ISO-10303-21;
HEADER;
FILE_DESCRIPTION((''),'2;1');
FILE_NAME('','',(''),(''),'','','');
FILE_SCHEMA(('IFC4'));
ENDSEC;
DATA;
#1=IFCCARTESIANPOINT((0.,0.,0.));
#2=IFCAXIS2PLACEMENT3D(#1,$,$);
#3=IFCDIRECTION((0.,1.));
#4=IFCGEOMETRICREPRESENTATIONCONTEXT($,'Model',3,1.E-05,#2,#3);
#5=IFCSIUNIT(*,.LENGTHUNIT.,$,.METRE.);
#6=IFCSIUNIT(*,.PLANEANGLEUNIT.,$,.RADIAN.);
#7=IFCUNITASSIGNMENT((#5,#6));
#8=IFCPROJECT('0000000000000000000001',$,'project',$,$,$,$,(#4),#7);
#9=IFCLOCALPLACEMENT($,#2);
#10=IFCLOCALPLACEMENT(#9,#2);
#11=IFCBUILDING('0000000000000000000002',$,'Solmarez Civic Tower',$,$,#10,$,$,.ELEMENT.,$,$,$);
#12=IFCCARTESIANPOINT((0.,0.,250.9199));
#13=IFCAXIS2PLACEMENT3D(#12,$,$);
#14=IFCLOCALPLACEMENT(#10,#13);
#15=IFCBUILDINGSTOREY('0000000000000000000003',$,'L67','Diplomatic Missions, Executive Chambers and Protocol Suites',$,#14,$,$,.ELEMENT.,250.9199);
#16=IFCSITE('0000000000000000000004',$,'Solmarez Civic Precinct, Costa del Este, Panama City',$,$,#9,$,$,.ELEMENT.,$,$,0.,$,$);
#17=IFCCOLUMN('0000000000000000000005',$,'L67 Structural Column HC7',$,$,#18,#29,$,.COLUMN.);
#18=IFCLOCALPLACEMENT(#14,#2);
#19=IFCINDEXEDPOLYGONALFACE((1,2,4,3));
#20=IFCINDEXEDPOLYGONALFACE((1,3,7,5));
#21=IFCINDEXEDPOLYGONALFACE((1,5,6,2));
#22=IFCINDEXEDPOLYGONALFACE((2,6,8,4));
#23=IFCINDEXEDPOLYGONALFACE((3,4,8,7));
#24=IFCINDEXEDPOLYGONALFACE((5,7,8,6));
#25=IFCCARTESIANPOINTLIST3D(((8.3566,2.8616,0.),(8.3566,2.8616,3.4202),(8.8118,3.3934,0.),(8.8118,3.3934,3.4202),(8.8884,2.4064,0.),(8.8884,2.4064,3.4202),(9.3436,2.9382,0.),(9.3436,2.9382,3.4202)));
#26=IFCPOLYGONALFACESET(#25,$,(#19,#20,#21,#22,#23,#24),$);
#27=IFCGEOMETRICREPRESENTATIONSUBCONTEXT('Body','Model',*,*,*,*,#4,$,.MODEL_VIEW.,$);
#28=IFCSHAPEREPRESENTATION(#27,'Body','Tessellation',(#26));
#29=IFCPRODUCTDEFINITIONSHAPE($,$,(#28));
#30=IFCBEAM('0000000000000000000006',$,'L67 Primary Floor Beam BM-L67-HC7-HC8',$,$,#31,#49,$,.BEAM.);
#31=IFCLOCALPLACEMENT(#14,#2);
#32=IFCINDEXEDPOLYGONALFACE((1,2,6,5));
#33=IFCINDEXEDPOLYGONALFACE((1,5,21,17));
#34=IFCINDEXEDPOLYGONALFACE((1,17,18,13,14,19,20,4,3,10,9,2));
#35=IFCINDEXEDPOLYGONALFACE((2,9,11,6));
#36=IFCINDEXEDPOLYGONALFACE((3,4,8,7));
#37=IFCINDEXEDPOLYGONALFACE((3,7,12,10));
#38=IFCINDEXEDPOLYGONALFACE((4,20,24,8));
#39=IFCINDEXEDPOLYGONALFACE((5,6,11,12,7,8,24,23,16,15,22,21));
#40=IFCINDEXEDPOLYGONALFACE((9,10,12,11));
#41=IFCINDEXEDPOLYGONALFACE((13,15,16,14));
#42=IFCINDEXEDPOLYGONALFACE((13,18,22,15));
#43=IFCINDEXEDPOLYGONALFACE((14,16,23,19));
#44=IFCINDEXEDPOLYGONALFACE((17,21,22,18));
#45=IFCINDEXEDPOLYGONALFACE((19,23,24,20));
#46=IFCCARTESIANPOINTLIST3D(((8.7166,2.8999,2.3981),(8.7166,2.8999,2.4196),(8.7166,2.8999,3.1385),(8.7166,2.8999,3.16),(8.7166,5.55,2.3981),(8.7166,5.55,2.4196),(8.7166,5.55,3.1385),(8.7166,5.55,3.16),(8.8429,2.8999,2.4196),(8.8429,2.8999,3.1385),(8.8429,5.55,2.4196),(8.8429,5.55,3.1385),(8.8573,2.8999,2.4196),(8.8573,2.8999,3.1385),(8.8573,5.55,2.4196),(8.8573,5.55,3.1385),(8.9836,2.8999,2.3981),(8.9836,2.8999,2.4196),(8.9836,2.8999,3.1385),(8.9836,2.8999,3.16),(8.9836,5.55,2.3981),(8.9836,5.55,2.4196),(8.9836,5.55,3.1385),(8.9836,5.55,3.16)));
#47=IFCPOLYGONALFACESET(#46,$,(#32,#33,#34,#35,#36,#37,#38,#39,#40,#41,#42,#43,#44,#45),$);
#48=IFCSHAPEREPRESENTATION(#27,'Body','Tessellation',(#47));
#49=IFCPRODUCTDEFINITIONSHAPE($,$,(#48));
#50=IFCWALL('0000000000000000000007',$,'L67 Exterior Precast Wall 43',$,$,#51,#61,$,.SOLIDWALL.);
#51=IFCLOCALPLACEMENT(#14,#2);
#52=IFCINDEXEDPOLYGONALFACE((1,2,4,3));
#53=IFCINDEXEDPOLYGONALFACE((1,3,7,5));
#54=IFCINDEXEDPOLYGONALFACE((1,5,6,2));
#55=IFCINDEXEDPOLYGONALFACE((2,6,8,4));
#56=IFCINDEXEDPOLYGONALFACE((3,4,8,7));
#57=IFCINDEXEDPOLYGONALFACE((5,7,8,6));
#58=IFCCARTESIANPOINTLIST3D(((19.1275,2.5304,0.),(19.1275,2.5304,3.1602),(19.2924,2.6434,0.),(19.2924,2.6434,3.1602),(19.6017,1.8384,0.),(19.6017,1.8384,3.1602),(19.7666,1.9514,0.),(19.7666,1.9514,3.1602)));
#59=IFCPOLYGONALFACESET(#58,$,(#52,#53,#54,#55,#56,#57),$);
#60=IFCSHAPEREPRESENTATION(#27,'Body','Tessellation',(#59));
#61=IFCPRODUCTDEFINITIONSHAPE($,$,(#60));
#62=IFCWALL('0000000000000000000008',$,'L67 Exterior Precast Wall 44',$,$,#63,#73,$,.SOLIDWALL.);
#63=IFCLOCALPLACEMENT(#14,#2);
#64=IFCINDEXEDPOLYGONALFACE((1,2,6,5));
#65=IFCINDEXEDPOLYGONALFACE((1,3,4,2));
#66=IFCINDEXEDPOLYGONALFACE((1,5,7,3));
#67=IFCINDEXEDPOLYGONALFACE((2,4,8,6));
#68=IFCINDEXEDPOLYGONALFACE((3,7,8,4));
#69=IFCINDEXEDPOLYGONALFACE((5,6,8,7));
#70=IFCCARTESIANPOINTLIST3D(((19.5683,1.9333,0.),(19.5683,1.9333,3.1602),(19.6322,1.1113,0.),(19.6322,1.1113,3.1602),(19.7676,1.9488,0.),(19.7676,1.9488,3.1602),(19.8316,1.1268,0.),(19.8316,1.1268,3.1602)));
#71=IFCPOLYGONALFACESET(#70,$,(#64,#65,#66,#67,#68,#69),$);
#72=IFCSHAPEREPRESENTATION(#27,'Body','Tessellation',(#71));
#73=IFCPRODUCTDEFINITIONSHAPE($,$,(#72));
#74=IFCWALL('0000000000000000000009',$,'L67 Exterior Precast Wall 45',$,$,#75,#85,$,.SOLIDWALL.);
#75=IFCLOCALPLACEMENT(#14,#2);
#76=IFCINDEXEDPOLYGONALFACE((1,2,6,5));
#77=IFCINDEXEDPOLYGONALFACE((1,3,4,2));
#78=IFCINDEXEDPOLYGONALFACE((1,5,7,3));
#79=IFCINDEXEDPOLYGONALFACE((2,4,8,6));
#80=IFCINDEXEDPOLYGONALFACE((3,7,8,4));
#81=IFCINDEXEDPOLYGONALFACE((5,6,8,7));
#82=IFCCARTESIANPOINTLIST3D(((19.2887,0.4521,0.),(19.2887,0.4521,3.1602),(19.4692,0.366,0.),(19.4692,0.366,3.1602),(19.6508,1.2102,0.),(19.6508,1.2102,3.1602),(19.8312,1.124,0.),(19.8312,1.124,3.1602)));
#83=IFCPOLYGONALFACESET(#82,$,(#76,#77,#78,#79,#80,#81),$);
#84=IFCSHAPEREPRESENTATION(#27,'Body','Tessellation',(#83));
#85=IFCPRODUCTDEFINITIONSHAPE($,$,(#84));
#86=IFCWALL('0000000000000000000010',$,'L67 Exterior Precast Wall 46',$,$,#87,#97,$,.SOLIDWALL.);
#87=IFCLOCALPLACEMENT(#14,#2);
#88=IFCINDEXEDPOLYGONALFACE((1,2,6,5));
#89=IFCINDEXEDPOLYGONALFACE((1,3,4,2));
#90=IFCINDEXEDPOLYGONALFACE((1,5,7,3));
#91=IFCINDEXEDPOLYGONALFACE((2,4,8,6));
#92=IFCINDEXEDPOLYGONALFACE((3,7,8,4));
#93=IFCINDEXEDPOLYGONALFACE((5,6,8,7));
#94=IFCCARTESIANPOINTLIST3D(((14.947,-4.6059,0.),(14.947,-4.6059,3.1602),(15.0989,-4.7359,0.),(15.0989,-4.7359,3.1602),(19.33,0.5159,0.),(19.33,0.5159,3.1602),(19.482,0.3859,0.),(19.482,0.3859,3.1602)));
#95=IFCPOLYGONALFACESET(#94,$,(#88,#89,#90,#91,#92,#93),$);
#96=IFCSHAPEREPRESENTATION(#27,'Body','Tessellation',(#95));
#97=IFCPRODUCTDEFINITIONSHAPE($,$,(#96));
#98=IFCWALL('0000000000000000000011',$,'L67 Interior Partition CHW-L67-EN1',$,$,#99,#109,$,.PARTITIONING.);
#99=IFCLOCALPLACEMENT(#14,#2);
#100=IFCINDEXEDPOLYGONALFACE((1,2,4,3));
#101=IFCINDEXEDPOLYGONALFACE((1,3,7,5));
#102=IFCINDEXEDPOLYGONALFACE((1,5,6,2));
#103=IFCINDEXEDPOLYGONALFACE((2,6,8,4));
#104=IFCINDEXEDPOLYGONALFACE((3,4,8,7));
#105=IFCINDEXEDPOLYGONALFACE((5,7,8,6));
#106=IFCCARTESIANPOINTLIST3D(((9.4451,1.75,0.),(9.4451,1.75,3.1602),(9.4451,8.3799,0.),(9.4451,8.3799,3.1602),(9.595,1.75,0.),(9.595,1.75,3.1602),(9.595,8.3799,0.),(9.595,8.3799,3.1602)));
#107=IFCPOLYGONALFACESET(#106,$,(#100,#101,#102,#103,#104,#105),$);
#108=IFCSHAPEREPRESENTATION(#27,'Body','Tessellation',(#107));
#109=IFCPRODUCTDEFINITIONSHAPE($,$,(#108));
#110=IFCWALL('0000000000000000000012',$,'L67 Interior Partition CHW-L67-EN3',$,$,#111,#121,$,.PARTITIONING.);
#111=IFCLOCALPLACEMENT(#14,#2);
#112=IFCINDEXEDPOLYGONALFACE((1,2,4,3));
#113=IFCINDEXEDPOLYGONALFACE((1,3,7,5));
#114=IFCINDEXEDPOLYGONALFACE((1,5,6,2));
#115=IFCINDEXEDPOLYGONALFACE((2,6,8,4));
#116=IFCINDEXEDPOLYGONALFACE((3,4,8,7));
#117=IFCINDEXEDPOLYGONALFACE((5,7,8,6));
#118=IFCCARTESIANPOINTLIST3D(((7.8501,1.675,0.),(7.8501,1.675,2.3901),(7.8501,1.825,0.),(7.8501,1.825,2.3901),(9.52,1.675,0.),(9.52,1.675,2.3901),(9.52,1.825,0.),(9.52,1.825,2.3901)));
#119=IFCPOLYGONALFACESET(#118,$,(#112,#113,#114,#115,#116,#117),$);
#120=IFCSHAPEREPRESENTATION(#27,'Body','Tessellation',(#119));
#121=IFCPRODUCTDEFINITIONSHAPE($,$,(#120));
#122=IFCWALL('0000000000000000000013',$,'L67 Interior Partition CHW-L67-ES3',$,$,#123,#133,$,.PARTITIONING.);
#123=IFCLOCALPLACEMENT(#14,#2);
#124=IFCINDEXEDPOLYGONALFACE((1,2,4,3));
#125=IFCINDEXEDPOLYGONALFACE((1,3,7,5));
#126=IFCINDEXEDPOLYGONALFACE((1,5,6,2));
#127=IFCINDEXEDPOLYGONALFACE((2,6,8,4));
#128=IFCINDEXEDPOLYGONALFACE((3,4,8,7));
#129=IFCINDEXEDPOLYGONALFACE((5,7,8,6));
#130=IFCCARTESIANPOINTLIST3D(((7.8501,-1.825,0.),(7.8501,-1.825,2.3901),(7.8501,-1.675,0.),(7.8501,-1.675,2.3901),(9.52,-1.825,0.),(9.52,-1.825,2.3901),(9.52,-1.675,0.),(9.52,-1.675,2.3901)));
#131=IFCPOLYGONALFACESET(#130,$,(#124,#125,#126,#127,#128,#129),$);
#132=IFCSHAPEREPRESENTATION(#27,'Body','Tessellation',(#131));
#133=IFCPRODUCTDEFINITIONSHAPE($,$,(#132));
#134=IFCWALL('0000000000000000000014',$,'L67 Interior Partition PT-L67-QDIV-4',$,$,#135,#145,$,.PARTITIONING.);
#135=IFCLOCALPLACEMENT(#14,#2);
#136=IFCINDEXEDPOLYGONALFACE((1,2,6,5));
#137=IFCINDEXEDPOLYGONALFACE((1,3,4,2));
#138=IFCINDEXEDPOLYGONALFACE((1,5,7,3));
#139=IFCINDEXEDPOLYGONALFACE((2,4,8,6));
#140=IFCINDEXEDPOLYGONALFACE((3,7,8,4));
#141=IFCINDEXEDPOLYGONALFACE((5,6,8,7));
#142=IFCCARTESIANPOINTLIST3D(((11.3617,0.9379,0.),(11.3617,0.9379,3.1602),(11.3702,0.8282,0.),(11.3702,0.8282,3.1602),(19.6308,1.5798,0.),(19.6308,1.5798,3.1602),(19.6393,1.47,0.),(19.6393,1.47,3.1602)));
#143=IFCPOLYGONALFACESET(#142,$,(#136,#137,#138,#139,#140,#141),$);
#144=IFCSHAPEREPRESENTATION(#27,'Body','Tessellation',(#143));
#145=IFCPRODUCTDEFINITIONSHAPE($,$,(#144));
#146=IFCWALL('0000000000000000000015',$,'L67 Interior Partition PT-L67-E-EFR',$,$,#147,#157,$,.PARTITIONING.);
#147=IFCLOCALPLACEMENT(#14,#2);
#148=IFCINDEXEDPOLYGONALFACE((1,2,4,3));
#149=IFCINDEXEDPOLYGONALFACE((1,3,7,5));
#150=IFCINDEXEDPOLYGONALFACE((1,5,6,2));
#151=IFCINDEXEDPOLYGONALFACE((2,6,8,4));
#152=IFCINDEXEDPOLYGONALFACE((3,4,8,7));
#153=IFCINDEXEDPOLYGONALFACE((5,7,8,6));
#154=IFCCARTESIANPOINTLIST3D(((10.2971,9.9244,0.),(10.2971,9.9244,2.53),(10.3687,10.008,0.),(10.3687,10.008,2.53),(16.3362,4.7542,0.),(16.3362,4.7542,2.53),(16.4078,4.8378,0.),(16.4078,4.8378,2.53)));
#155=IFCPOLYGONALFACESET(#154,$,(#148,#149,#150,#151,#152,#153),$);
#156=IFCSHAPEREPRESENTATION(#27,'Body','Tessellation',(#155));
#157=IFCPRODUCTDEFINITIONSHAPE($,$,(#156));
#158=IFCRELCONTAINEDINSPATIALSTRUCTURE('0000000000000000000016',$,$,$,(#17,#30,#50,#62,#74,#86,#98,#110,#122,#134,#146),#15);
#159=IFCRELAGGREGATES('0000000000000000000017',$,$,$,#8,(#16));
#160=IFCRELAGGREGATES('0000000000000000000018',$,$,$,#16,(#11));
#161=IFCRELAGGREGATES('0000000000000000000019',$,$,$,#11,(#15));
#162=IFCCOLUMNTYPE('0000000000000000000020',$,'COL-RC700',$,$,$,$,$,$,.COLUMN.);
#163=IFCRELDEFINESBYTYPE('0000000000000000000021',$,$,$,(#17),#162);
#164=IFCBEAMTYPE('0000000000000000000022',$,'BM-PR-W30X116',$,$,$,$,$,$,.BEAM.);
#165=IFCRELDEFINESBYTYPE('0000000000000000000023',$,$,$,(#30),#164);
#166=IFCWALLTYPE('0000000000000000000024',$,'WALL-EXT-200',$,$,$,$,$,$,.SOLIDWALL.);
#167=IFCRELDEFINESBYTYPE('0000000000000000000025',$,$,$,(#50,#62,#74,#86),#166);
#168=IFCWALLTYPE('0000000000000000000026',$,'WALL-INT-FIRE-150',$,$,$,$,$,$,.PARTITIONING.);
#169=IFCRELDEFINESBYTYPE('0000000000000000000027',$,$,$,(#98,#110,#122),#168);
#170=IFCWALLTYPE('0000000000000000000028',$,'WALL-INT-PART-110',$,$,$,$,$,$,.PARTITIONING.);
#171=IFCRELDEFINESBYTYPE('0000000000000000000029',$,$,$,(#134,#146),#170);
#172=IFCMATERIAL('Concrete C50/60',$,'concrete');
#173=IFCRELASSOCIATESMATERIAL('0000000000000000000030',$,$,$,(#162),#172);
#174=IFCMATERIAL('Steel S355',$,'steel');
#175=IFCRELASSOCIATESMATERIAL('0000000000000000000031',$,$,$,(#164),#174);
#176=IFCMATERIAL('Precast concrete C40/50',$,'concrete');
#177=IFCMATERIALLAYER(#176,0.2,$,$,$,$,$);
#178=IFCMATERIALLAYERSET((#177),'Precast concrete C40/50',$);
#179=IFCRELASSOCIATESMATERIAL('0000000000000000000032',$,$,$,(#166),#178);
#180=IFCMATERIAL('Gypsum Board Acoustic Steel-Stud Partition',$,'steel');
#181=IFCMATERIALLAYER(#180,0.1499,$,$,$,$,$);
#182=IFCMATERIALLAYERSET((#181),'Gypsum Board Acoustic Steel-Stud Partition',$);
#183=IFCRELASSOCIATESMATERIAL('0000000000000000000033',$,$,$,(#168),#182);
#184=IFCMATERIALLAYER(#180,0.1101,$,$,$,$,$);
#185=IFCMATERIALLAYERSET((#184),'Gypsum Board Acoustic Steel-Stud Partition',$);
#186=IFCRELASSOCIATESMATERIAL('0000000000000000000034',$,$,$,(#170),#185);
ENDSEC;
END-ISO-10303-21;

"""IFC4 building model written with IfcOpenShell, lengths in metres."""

from ifc_helpers import new_model, si_unit, direction, frame, frame_2d, origin, origin_2d, place, context, subcontext, project, spatial, rectangle, i_section, extrude, material, layer, layer_set, material_profile, profile_set, type_object, element, save


model = new_model("IFC4")

# Units and contexts
model_context = context("Model", 3, precision=1e-05, world=origin(), true_north=direction((0.0, 1.0)))
body_context = subcontext(model_context, "Body", "Model", "MODEL_VIEW")
ifc_project = project(units=[si_unit("LENGTHUNIT", "METRE"), si_unit("PLANEANGLEUNIT", "RADIAN")], contexts=[model_context])

# Site, building, storey
site_placement = place(None, origin())
site = spatial("IfcSite", under=ifc_project, at=site_placement, Name="Solmarez Civic Precinct, Costa del Este, Panama City", CompositionType="ELEMENT", RefElevation=0.0)
building_placement = place(site_placement, origin())
building = spatial("IfcBuilding", under=site, at=building_placement, Name="Solmarez Civic Tower", CompositionType="ELEMENT")
storey_placement = place(building_placement, frame((0.0, 0.0, 250.9199)))
storey = spatial("IfcBuildingStorey", under=building, at=storey_placement, Name="L67", Description="Diplomatic Missions, Executive Chambers and Protocol Suites", CompositionType="ELEMENT", Elevation=250.9199)

# Column
ifc_material_1 = material(Name="Concrete C50/60", Category="concrete")
ifc_material_profile_1 = material_profile(ifc_material_1, rectangle(XDim=0.7, YDim=0.7, at=origin_2d()), Name="RC700X700")
ifc_profile_set_1 = profile_set([ifc_material_profile_1], Name="Concrete C50/60")
column_type = type_object("IfcColumnType", Name="COL-RC700", PredefinedType="COLUMN", material=ifc_profile_set_1)
column_placement = place(storey_placement, frame((8.8501, 2.8999, 0.0), z_axis=(0.0, 0.0, 1.0), x_axis=(0.650244, 0.759725, 0.0)))
element("IfcColumn", 1, at=column_placement, inside=storey, type_object=column_type, Name="L67 Structural Column HC7", PredefinedType="COLUMN", context=body_context, shape_type="SweptSolid", body=[
    extrude(rectangle(XDim=0.7, YDim=0.7, at=origin_2d()), origin(), (0.0, 0.0, 1.0), 3.4202),
])

# Beam
ifc_material_2 = material(Name="Steel S355", Category="steel")
ifc_material_profile_2 = material_profile(ifc_material_2, i_section(OverallWidth=0.2671, OverallDepth=0.762, WebThickness=0.0144, FlangeThickness=0.0215, at=origin_2d()), Name="W30X116")
ifc_profile_set_2 = profile_set([ifc_material_profile_2], Name="Steel S355")
beam_type = type_object("IfcBeamType", Name="BM-PR-W30X116", PredefinedType="BEAM", material=ifc_profile_set_2)
beam_placement = place(storey_placement, frame((8.8501, 2.8999, 2.7791), z_axis=(0.0, 1.0, 0.0), x_axis=(-1.0, 0.0, 0.0)))
element("IfcBeam", 2, at=beam_placement, inside=storey, type_object=beam_type, Name="L67 Primary Floor Beam BM-L67-HC7-HC8", PredefinedType="BEAM", context=body_context, shape_type="SweptSolid", body=[
    extrude(i_section(OverallWidth=0.2671, OverallDepth=0.762, WebThickness=0.0144, FlangeThickness=0.0215, at=origin_2d()), origin(), (0.0, 0.0, 1.0), 2.6501),
])

# Walls
ifc_material_3 = material(Name="Precast concrete C40/50", Category="concrete")
ifc_layer_1 = layer(ifc_material_3, 0.2)
ifc_layer_set_1 = layer_set([ifc_layer_1], Name="Precast concrete C40/50")
wall_type_1 = type_object("IfcWallType", Name="WALL-EXT-200", PredefinedType="SOLIDWALL", material=ifc_layer_set_1)
wall_1_placement = place(storey_placement, frame((19.21, 2.5869, 0.0), z_axis=(0.0, 0.0, 1.0), x_axis=(0.565268, -0.824907, 0.0)))
element("IfcWall", 3, at=wall_1_placement, inside=storey, type_object=wall_type_1, Name="L67 Exterior Precast Wall 43", PredefinedType="SOLIDWALL", context=body_context, shape_type="SweptSolid", body=[
    extrude(rectangle(XDim=0.8389, YDim=0.2, at=frame_2d((0.4194, 0.0))), origin(), (0.0, 0.0, 1.0), 3.1602),
])
wall_2_placement = place(storey_placement, frame((19.668, 1.9409, 0.0), z_axis=(0.0, 0.0, 1.0), x_axis=(0.07758, -0.996986, 0.0)))
element("IfcWall", 4, at=wall_2_placement, inside=storey, type_object=wall_type_1, Name="L67 Exterior Precast Wall 44", PredefinedType="SOLIDWALL", context=body_context, shape_type="SweptSolid", body=[
    extrude(rectangle(XDim=0.8245, YDim=0.2, at=frame_2d((0.4121, 0.0))), origin(), (0.0, 0.0, 1.0), 3.1602),
])
wall_3_placement = place(storey_placement, frame((19.741, 1.167, 0.0), z_axis=(0.0, 0.0, 1.0), x_axis=(-0.430982, -0.90236, 0.0)))
element("IfcWall", 5, at=wall_3_placement, inside=storey, type_object=wall_type_1, Name="L67 Exterior Precast Wall 45", PredefinedType="SOLIDWALL", context=body_context, shape_type="SweptSolid", body=[
    extrude(rectangle(XDim=0.8401, YDim=0.2, at=frame_2d((0.4199, 0.0))), origin(), (0.0, 0.0, 1.0), 3.1602),
])
wall_4_placement = place(storey_placement, frame((19.406, 0.4509, 0.0), z_axis=(0.0, 0.0, 1.0), x_axis=(-0.650186, -0.759775, 0.0)))
element("IfcWall", 6, at=wall_4_placement, inside=storey, type_object=wall_type_1, Name="L67 Exterior Precast Wall 46", PredefinedType="SOLIDWALL", context=body_context, shape_type="SweptSolid", body=[
    extrude(rectangle(XDim=6.7412, YDim=0.2, at=frame_2d((3.3706, 0.0))), origin(), (0.0, 0.0, 1.0), 3.1602),
])
ifc_material_4 = material(Name="Gypsum Board Acoustic Steel-Stud Partition", Category="steel")
ifc_layer_2 = layer(ifc_material_4, 0.1499)
ifc_layer_set_2 = layer_set([ifc_layer_2], Name="Gypsum Board Acoustic Steel-Stud Partition")
wall_type_2 = type_object("IfcWallType", Name="WALL-INT-FIRE-150", PredefinedType="PARTITIONING", material=ifc_layer_set_2)
wall_5_placement = place(storey_placement, frame((9.52, 1.75, 0.0), z_axis=(0.0, 0.0, 1.0), x_axis=(0.0, 1.0, 0.0)))
element("IfcWall", 7, at=wall_5_placement, inside=storey, type_object=wall_type_2, Name="L67 Interior Partition CHW-L67-EN1", PredefinedType="PARTITIONING", context=body_context, shape_type="SweptSolid", body=[
    extrude(rectangle(XDim=6.6299, YDim=0.1499, at=frame_2d((3.3149, 0.0))), origin(), (0.0, 0.0, 1.0), 3.1602),
])
for number, where, z_axis, x_axis, name in (
    (8, (7.8501, 1.75, 0.0), (0.0, 0.0, 1.0), (1.0, 0.0, 0.0), "L67 Interior Partition CHW-L67-EN3"),
    (9, (7.8501, -1.75, 0.0), (0.0, 0.0, 1.0), (1.0, 0.0, 0.0), "L67 Interior Partition CHW-L67-ES3"),
):
    element("IfcWall", number, at=place(storey_placement, frame(where, z_axis=z_axis, x_axis=x_axis)), inside=storey, type_object=wall_type_2, Name=name, PredefinedType="PARTITIONING", context=body_context, shape_type="SweptSolid", body=[
        extrude(rectangle(XDim=1.6699, YDim=0.1499, at=frame_2d((0.835, 0.0))), origin(), (0.0, 0.0, 1.0), 2.3901),
    ])
ifc_layer_3 = layer(ifc_material_4, 0.1101)
ifc_layer_set_3 = layer_set([ifc_layer_3], Name="Gypsum Board Acoustic Steel-Stud Partition")
wall_type_3 = type_object("IfcWallType", Name="WALL-INT-PART-110", PredefinedType="PARTITIONING", material=ifc_layer_set_3)
wall_6_placement = place(storey_placement, frame((11.366, 0.8831, 0.0), z_axis=(0.0, 0.0, 1.0), x_axis=(0.997001, 0.077388, 0.0)))
element("IfcWall", 10, at=wall_6_placement, inside=storey, type_object=wall_type_3, Name="L67 Interior Partition PT-L67-QDIV-4", PredefinedType="PARTITIONING", context=body_context, shape_type="SweptSolid", body=[
    extrude(rectangle(XDim=8.2939, YDim=0.1101, at=frame_2d((4.147, 0.0))), origin(), (0.0, 0.0, 1.0), 3.1602),
])
wall_7_placement = place(storey_placement, frame((16.3721, 4.7959, 0.0), z_axis=(0.0, 0.0, 1.0), x_axis=(-0.75964, 0.650344, 0.0)))
element("IfcWall", 11, at=wall_7_placement, inside=storey, type_object=wall_type_3, Name="L67 Interior Partition PT-L67-E-EFR", PredefinedType="PARTITIONING", context=body_context, shape_type="SweptSolid", body=[
    extrude(rectangle(XDim=7.95, YDim=0.1101, at=frame_2d((3.9751, 0.0))), origin(), (0.0, 0.0, 1.0), 2.53),
])

save(model, "model.ifc")
